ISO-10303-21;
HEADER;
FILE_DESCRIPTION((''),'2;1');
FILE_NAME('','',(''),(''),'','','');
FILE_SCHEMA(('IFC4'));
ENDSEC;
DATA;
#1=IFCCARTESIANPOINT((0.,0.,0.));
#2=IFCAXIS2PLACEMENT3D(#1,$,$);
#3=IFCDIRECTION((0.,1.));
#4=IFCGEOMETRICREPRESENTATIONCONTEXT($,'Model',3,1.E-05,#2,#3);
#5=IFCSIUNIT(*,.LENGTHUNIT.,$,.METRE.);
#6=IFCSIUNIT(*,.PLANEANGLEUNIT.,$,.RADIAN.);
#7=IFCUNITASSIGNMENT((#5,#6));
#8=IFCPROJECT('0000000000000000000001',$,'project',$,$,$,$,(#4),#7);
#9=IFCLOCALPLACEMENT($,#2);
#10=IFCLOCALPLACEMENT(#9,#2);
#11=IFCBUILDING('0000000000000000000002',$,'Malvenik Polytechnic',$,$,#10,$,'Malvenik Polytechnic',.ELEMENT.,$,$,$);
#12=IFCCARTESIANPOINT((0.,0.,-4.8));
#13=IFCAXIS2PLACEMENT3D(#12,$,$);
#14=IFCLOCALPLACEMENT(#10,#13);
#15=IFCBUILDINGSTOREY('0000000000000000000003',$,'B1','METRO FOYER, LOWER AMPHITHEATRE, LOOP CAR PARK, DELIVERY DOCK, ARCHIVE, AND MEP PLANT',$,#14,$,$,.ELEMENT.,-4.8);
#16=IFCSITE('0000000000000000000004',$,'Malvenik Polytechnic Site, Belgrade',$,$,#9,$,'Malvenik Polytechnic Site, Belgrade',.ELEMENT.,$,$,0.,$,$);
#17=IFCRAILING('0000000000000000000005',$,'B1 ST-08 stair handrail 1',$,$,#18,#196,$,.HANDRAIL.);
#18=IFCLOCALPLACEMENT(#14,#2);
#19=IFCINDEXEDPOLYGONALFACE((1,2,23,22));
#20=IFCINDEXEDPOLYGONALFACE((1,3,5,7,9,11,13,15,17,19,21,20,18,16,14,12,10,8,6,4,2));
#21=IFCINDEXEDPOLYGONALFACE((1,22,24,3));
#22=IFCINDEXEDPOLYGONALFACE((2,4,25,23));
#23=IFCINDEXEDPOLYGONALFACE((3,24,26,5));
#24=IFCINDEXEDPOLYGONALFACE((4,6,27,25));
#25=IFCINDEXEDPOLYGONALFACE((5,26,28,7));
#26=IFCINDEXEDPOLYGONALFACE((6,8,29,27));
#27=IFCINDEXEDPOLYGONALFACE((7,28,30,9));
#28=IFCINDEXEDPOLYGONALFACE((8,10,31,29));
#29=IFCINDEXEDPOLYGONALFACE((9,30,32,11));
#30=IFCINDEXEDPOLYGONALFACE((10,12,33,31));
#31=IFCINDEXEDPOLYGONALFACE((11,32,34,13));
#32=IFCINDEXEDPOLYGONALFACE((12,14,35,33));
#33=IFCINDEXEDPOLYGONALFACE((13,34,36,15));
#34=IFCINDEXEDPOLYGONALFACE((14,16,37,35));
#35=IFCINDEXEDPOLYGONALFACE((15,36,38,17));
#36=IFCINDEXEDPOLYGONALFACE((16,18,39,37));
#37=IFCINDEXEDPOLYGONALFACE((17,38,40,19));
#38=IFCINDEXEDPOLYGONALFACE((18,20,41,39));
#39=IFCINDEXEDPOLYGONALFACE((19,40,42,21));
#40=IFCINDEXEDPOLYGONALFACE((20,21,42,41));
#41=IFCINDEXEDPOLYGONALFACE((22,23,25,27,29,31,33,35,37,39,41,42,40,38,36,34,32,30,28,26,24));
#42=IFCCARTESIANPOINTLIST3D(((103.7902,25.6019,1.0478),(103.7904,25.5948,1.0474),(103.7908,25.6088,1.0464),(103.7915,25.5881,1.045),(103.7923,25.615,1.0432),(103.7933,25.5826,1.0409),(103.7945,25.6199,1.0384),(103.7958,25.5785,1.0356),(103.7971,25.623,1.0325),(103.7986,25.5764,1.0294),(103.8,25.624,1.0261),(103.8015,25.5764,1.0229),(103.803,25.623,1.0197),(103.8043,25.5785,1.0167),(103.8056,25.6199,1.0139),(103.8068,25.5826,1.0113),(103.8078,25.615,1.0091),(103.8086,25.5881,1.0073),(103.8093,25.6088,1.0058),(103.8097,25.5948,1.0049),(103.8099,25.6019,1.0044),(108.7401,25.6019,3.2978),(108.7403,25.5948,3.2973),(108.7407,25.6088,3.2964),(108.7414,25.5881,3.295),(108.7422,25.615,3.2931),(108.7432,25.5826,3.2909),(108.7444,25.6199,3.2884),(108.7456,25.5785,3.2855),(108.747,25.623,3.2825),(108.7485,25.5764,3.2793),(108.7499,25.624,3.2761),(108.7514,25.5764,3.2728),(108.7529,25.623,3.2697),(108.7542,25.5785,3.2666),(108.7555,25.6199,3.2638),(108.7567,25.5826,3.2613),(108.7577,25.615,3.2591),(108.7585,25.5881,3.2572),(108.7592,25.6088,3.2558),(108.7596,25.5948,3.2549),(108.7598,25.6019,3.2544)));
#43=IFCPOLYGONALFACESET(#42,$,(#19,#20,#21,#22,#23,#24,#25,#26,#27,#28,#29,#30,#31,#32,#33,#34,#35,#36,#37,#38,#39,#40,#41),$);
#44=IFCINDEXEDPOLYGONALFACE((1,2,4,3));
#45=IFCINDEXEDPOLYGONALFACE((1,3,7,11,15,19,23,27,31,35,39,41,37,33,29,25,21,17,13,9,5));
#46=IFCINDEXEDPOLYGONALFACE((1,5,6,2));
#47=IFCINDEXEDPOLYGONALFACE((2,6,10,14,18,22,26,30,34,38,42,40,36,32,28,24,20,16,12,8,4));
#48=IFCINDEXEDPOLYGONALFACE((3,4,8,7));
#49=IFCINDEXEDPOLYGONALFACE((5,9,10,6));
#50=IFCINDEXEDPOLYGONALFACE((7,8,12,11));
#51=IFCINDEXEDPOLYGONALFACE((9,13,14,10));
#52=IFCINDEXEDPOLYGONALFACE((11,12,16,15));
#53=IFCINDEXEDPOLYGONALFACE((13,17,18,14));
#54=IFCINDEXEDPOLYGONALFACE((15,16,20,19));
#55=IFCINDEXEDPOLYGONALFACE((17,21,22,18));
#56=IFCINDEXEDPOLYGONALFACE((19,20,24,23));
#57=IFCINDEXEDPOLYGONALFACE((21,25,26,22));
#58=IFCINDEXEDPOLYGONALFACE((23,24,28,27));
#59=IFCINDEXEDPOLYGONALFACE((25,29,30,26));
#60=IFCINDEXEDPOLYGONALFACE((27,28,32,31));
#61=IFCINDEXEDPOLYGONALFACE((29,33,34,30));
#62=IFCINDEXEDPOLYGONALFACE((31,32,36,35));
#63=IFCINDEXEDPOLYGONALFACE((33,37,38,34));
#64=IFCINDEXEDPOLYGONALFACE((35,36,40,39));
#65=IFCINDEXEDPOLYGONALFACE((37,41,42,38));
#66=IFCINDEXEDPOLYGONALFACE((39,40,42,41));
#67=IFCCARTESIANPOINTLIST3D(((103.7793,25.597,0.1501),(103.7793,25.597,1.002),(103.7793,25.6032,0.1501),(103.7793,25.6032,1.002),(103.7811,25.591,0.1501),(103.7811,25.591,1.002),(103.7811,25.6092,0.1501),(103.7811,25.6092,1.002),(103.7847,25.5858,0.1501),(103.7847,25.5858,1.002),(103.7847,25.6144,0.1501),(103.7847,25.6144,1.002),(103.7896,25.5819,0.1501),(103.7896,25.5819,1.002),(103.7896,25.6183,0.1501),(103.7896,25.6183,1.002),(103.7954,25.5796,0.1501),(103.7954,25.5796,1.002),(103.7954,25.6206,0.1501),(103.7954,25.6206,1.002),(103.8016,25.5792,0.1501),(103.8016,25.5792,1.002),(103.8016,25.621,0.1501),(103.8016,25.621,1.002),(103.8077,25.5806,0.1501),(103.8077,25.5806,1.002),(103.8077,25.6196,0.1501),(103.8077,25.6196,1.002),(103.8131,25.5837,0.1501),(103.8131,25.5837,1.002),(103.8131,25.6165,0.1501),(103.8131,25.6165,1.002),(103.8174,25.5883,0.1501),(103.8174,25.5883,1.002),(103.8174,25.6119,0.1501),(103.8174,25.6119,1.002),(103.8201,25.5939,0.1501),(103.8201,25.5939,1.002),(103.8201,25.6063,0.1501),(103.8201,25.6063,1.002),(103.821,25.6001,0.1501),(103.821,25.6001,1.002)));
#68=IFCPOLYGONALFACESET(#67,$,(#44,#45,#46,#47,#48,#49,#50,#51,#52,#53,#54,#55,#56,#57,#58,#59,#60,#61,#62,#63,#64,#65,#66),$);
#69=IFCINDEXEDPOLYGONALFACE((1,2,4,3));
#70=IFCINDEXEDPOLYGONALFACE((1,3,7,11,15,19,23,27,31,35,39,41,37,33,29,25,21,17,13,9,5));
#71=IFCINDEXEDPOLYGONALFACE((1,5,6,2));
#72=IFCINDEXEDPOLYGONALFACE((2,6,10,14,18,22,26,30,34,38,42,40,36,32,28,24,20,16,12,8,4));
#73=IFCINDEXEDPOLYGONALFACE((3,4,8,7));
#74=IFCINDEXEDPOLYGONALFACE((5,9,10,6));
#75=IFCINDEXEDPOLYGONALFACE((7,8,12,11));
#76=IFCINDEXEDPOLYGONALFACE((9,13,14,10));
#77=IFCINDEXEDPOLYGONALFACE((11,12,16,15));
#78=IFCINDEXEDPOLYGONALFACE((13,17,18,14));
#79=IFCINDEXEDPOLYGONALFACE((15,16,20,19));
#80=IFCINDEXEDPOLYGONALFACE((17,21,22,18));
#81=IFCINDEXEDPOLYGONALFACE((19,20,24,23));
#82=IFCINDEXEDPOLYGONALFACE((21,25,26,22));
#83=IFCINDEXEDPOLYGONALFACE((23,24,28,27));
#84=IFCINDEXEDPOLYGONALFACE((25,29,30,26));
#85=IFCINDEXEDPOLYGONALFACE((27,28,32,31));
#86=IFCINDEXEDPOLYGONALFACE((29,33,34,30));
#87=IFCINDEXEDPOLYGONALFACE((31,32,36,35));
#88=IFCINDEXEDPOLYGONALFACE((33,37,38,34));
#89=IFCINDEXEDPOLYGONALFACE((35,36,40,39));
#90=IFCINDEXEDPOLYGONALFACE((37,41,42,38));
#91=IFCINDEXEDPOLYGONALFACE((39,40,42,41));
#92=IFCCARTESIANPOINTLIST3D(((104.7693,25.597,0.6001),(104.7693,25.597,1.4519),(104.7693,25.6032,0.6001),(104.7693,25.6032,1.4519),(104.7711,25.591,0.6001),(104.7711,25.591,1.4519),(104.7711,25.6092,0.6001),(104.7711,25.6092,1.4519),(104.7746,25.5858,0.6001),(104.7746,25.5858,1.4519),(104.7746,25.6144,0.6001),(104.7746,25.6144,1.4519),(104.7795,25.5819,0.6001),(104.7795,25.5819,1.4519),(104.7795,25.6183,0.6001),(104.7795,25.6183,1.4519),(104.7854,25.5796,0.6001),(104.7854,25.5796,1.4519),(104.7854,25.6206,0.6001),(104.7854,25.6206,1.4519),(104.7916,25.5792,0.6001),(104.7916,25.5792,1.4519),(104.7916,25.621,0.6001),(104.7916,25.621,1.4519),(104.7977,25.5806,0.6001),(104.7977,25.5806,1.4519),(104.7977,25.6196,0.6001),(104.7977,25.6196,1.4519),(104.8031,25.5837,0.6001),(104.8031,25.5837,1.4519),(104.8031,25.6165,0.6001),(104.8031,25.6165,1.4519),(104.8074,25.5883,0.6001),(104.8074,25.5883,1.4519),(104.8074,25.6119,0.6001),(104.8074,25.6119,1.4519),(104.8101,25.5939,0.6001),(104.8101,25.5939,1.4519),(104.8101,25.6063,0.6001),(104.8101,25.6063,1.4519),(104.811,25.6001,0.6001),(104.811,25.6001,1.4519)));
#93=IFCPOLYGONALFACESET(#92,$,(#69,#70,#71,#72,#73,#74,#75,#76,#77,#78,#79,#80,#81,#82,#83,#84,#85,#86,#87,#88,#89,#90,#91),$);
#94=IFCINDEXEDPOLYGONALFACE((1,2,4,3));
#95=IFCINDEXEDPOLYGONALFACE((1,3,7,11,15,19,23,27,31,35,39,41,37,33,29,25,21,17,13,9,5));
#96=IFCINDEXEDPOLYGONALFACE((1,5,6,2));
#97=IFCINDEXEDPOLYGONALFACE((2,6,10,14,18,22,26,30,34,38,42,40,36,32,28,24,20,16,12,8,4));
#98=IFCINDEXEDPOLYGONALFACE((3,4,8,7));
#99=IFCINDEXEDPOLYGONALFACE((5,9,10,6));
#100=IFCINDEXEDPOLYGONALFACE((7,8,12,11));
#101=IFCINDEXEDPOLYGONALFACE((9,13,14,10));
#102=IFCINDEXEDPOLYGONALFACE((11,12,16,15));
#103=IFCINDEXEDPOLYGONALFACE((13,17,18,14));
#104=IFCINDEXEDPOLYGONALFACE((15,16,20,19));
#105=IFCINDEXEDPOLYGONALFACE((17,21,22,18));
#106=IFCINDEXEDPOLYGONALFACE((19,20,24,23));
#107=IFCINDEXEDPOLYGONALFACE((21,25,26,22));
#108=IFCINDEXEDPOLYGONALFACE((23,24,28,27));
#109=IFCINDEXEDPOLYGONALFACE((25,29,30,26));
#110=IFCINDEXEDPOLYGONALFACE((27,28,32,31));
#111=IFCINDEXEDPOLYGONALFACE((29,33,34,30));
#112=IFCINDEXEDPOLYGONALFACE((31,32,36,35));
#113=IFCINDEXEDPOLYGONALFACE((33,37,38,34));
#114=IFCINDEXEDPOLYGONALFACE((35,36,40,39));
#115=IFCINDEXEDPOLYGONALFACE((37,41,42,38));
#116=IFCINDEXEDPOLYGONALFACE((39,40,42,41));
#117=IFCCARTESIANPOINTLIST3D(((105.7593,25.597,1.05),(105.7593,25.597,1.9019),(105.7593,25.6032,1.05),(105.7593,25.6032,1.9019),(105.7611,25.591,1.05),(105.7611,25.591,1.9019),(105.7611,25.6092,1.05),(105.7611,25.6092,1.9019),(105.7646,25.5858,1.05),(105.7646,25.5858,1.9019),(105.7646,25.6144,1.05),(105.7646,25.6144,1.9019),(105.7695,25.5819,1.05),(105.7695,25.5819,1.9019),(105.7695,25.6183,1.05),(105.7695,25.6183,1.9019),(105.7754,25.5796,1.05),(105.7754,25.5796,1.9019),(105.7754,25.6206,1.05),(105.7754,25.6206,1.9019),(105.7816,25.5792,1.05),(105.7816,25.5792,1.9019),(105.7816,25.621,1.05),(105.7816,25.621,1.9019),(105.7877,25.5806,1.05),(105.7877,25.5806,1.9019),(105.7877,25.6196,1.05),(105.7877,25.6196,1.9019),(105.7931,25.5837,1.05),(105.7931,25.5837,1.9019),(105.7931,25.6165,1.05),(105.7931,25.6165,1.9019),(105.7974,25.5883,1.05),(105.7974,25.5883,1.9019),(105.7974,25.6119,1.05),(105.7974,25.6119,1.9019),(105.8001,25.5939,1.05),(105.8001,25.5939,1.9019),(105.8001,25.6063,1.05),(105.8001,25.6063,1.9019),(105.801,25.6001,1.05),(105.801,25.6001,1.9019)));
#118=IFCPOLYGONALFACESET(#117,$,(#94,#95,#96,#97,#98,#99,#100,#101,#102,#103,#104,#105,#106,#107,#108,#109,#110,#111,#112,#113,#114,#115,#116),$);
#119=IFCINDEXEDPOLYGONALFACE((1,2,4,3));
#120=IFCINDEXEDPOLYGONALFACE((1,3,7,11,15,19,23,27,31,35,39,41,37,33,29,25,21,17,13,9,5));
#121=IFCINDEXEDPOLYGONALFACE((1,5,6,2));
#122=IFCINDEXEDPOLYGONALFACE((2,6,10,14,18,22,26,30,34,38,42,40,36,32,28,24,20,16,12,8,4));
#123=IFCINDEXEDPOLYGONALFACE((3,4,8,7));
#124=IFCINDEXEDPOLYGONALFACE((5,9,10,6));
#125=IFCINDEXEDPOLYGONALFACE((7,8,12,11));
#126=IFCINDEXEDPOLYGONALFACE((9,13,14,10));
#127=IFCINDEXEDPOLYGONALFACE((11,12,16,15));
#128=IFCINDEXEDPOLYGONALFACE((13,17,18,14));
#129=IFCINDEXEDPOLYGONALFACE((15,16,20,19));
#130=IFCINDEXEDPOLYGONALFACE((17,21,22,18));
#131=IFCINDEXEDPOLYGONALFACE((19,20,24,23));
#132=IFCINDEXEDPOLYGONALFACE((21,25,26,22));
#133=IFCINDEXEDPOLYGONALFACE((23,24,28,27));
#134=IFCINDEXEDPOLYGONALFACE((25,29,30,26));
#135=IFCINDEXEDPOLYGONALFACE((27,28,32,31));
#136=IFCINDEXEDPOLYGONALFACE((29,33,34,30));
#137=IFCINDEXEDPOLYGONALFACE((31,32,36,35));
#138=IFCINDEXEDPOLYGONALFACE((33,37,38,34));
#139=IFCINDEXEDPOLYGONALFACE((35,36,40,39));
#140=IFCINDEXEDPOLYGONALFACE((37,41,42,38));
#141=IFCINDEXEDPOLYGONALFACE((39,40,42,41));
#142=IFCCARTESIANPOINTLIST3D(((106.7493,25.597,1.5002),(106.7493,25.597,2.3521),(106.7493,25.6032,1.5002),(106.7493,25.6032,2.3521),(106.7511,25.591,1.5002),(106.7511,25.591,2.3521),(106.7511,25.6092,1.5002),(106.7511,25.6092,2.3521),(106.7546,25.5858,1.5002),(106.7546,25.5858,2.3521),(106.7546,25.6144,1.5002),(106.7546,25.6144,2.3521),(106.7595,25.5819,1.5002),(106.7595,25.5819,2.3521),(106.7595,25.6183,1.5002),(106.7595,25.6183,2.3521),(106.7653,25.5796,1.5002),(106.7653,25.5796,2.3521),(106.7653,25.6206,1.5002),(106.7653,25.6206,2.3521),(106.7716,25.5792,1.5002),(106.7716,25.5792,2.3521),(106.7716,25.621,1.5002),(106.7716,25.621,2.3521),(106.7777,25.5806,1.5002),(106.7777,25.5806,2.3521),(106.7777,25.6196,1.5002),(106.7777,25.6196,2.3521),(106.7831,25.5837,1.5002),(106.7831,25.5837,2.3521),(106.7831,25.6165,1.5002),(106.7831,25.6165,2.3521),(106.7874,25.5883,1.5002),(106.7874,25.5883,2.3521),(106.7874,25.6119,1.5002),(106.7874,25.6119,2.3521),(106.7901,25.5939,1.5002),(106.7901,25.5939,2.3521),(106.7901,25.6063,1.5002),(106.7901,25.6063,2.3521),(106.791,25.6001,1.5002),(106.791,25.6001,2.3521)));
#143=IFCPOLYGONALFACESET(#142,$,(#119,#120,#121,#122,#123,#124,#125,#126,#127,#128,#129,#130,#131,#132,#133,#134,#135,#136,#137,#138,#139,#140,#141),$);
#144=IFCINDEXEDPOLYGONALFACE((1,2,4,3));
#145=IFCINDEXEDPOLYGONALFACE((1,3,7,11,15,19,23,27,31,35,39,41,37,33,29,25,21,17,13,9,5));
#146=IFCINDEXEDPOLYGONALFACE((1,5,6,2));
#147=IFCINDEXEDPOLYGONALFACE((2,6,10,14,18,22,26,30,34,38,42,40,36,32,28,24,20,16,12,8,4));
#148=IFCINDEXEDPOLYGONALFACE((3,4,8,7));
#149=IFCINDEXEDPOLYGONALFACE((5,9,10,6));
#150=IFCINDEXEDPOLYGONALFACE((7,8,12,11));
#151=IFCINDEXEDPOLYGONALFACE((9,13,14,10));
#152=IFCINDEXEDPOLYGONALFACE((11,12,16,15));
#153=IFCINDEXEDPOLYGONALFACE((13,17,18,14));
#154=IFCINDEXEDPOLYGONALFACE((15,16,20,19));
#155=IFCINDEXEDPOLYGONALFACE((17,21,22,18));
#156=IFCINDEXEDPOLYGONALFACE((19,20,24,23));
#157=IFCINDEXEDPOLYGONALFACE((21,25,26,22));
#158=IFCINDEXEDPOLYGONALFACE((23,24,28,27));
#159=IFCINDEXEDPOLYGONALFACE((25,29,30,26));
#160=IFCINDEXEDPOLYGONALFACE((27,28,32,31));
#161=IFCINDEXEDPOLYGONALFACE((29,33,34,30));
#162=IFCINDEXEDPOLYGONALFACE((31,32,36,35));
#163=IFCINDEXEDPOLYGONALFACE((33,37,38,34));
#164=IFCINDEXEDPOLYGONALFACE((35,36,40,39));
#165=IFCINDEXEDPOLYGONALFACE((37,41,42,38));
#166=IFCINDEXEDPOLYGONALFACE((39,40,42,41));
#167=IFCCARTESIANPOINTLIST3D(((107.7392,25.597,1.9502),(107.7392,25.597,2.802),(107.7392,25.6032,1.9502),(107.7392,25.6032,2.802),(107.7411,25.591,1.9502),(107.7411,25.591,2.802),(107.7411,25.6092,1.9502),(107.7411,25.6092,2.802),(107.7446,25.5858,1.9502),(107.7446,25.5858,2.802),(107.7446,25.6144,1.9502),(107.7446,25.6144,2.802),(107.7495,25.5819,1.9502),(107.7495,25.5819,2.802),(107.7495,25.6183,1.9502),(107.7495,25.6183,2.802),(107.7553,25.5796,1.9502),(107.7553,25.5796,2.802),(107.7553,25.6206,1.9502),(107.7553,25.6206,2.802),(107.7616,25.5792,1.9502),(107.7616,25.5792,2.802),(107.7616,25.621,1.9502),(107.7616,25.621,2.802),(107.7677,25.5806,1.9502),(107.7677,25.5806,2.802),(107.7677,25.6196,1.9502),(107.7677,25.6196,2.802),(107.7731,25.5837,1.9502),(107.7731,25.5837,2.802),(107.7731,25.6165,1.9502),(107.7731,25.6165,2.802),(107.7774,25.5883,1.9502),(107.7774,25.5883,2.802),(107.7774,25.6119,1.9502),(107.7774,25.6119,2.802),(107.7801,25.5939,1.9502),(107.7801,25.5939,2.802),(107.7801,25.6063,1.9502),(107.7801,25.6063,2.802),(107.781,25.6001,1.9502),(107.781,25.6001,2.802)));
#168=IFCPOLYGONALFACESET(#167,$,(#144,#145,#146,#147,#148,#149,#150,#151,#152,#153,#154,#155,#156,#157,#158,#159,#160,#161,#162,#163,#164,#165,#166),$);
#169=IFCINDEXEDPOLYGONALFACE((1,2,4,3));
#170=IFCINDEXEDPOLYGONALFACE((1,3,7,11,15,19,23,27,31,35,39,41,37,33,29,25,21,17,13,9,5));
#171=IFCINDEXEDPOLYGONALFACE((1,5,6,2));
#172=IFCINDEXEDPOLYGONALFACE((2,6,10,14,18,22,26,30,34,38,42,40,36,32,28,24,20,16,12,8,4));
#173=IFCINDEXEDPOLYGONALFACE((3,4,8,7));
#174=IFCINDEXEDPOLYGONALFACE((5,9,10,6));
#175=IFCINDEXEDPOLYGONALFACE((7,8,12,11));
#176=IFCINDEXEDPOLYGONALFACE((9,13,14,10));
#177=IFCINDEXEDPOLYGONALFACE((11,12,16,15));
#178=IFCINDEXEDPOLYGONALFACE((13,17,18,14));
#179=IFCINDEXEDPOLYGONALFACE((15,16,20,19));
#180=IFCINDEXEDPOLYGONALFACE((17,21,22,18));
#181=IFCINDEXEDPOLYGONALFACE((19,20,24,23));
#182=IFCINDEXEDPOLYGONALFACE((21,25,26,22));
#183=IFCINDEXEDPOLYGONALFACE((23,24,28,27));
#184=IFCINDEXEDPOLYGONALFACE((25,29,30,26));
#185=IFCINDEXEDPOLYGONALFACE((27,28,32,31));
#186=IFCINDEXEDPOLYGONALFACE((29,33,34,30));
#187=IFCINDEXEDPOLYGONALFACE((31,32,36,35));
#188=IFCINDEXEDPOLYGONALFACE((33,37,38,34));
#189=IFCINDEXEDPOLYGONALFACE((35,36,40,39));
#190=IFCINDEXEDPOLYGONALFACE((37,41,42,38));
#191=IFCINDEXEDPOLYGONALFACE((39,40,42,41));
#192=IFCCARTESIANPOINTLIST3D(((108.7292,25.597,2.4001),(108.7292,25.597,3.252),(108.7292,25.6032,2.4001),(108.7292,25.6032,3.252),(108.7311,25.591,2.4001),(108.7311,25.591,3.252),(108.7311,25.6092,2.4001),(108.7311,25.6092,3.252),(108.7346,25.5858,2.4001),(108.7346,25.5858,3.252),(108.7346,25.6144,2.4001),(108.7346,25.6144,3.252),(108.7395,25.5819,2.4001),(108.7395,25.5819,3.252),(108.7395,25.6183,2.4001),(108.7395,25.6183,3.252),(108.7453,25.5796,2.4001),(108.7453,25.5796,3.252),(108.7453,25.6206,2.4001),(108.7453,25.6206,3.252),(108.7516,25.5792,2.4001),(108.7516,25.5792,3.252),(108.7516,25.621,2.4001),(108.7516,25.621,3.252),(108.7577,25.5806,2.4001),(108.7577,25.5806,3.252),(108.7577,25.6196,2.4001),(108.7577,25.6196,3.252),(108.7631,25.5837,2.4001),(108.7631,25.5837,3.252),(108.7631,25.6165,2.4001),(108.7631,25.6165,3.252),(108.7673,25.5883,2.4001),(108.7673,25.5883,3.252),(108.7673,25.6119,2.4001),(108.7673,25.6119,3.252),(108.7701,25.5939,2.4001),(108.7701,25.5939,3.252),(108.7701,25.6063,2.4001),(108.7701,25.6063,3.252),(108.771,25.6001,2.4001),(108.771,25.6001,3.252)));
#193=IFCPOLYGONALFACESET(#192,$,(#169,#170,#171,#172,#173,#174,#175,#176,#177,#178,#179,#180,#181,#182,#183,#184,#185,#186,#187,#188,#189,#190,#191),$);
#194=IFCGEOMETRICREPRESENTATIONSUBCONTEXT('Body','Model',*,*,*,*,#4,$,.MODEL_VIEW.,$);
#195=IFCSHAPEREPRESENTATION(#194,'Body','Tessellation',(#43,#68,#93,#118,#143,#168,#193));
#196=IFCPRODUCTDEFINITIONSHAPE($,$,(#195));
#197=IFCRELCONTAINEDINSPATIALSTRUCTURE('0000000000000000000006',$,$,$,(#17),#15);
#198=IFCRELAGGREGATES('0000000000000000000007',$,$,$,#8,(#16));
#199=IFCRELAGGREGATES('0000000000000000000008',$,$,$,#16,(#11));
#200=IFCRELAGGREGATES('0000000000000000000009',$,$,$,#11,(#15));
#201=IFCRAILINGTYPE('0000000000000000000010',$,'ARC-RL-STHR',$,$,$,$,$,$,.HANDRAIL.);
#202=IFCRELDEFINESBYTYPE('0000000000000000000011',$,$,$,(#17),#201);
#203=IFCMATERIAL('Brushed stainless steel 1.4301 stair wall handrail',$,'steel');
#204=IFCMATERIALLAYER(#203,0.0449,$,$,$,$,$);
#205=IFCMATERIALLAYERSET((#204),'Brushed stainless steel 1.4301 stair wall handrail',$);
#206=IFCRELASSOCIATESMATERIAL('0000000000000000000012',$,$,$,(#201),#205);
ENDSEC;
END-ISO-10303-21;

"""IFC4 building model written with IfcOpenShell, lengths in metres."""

from ifc_helpers import new_model, si_unit, direction, frame, origin, origin_2d, place, context, subcontext, project, spatial, circle, extrude, material, layer, layer_set, type_object, element, save


model = new_model("IFC4")

# Units and contexts
model_context = context("Model", 3, precision=1e-05, world=origin(), true_north=direction((0.0, 1.0)))
body_context = subcontext(model_context, "Body", "Model", "MODEL_VIEW")
ifc_project = project(units=[si_unit("LENGTHUNIT", "METRE"), si_unit("PLANEANGLEUNIT", "RADIAN")], contexts=[model_context])

# Site, building, storey
site_placement = place(None, origin())
site = spatial("IfcSite", under=ifc_project, at=site_placement, Name="Malvenik Polytechnic Site, Belgrade", LongName="Malvenik Polytechnic Site, Belgrade", CompositionType="ELEMENT", RefElevation=0.0)
building_placement = place(site_placement, origin())
building = spatial("IfcBuilding", under=site, at=building_placement, Name="Malvenik Polytechnic", LongName="Malvenik Polytechnic", CompositionType="ELEMENT")
storey_placement = place(building_placement, frame((0.0, 0.0, -4.8)))
storey = spatial("IfcBuildingStorey", under=building, at=storey_placement, Name="B1", Description="METRO FOYER, LOWER AMPHITHEATRE, LOOP CAR PARK, DELIVERY DOCK, ARCHIVE, AND MEP PLANT", CompositionType="ELEMENT", Elevation=-4.8)

# Railing
ifc_material_1 = material(Name="Brushed stainless steel 1.4301 stair wall handrail", Category="steel")
ifc_layer_1 = layer(ifc_material_1, 0.0449)
ifc_layer_set_1 = layer_set([ifc_layer_1], Name="Brushed stainless steel 1.4301 stair wall handrail")
railing_type_1 = type_object("IfcRailingType", Name="ARC-RL-STHR", PredefinedType="HANDRAIL", material=ifc_layer_set_1)
railing_1_placement = place(storey_placement, frame((103.8, 25.6001, 0.1501)))
element("IfcRailing", 1, at=railing_1_placement, inside=storey, type_object=railing_type_1, Name="B1 ST-08 stair handrail 1", PredefinedType="HANDRAIL", context=body_context, shape_type="SweptSolid", body=[
    extrude(circle(Radius=0.0239, at=origin_2d()), frame((0.0, 0.0, 0.876), z_axis=(0.910365, 0.0, 0.413806), x_axis=(0.0, 1.0, 0.0)), (0.0, 0.0, 1.0), 5.4373),
    extrude(circle(Radius=0.021, at=origin_2d()), origin(), (0.0, 0.0, 1.0), 0.8518),
    extrude(circle(Radius=0.021, at=origin_2d()), frame((0.99, 0.0, 0.45)), (0.0, 0.0, 1.0), 0.8518),
    extrude(circle(Radius=0.021, at=origin_2d()), frame((1.98, 0.0, 0.8999)), (0.0, 0.0, 1.0), 0.8518),
    extrude(circle(Radius=0.021, at=origin_2d()), frame((2.97, 0.0, 1.3501)), (0.0, 0.0, 1.0), 0.8518),
    extrude(circle(Radius=0.021, at=origin_2d()), frame((3.96, 0.0, 1.8)), (0.0, 0.0, 1.0), 0.8518),
    extrude(circle(Radius=0.021, at=origin_2d()), frame((4.95, 0.0, 2.25)), (0.0, 0.0, 1.0), 0.8518),
])

save(model, "model.ifc")
